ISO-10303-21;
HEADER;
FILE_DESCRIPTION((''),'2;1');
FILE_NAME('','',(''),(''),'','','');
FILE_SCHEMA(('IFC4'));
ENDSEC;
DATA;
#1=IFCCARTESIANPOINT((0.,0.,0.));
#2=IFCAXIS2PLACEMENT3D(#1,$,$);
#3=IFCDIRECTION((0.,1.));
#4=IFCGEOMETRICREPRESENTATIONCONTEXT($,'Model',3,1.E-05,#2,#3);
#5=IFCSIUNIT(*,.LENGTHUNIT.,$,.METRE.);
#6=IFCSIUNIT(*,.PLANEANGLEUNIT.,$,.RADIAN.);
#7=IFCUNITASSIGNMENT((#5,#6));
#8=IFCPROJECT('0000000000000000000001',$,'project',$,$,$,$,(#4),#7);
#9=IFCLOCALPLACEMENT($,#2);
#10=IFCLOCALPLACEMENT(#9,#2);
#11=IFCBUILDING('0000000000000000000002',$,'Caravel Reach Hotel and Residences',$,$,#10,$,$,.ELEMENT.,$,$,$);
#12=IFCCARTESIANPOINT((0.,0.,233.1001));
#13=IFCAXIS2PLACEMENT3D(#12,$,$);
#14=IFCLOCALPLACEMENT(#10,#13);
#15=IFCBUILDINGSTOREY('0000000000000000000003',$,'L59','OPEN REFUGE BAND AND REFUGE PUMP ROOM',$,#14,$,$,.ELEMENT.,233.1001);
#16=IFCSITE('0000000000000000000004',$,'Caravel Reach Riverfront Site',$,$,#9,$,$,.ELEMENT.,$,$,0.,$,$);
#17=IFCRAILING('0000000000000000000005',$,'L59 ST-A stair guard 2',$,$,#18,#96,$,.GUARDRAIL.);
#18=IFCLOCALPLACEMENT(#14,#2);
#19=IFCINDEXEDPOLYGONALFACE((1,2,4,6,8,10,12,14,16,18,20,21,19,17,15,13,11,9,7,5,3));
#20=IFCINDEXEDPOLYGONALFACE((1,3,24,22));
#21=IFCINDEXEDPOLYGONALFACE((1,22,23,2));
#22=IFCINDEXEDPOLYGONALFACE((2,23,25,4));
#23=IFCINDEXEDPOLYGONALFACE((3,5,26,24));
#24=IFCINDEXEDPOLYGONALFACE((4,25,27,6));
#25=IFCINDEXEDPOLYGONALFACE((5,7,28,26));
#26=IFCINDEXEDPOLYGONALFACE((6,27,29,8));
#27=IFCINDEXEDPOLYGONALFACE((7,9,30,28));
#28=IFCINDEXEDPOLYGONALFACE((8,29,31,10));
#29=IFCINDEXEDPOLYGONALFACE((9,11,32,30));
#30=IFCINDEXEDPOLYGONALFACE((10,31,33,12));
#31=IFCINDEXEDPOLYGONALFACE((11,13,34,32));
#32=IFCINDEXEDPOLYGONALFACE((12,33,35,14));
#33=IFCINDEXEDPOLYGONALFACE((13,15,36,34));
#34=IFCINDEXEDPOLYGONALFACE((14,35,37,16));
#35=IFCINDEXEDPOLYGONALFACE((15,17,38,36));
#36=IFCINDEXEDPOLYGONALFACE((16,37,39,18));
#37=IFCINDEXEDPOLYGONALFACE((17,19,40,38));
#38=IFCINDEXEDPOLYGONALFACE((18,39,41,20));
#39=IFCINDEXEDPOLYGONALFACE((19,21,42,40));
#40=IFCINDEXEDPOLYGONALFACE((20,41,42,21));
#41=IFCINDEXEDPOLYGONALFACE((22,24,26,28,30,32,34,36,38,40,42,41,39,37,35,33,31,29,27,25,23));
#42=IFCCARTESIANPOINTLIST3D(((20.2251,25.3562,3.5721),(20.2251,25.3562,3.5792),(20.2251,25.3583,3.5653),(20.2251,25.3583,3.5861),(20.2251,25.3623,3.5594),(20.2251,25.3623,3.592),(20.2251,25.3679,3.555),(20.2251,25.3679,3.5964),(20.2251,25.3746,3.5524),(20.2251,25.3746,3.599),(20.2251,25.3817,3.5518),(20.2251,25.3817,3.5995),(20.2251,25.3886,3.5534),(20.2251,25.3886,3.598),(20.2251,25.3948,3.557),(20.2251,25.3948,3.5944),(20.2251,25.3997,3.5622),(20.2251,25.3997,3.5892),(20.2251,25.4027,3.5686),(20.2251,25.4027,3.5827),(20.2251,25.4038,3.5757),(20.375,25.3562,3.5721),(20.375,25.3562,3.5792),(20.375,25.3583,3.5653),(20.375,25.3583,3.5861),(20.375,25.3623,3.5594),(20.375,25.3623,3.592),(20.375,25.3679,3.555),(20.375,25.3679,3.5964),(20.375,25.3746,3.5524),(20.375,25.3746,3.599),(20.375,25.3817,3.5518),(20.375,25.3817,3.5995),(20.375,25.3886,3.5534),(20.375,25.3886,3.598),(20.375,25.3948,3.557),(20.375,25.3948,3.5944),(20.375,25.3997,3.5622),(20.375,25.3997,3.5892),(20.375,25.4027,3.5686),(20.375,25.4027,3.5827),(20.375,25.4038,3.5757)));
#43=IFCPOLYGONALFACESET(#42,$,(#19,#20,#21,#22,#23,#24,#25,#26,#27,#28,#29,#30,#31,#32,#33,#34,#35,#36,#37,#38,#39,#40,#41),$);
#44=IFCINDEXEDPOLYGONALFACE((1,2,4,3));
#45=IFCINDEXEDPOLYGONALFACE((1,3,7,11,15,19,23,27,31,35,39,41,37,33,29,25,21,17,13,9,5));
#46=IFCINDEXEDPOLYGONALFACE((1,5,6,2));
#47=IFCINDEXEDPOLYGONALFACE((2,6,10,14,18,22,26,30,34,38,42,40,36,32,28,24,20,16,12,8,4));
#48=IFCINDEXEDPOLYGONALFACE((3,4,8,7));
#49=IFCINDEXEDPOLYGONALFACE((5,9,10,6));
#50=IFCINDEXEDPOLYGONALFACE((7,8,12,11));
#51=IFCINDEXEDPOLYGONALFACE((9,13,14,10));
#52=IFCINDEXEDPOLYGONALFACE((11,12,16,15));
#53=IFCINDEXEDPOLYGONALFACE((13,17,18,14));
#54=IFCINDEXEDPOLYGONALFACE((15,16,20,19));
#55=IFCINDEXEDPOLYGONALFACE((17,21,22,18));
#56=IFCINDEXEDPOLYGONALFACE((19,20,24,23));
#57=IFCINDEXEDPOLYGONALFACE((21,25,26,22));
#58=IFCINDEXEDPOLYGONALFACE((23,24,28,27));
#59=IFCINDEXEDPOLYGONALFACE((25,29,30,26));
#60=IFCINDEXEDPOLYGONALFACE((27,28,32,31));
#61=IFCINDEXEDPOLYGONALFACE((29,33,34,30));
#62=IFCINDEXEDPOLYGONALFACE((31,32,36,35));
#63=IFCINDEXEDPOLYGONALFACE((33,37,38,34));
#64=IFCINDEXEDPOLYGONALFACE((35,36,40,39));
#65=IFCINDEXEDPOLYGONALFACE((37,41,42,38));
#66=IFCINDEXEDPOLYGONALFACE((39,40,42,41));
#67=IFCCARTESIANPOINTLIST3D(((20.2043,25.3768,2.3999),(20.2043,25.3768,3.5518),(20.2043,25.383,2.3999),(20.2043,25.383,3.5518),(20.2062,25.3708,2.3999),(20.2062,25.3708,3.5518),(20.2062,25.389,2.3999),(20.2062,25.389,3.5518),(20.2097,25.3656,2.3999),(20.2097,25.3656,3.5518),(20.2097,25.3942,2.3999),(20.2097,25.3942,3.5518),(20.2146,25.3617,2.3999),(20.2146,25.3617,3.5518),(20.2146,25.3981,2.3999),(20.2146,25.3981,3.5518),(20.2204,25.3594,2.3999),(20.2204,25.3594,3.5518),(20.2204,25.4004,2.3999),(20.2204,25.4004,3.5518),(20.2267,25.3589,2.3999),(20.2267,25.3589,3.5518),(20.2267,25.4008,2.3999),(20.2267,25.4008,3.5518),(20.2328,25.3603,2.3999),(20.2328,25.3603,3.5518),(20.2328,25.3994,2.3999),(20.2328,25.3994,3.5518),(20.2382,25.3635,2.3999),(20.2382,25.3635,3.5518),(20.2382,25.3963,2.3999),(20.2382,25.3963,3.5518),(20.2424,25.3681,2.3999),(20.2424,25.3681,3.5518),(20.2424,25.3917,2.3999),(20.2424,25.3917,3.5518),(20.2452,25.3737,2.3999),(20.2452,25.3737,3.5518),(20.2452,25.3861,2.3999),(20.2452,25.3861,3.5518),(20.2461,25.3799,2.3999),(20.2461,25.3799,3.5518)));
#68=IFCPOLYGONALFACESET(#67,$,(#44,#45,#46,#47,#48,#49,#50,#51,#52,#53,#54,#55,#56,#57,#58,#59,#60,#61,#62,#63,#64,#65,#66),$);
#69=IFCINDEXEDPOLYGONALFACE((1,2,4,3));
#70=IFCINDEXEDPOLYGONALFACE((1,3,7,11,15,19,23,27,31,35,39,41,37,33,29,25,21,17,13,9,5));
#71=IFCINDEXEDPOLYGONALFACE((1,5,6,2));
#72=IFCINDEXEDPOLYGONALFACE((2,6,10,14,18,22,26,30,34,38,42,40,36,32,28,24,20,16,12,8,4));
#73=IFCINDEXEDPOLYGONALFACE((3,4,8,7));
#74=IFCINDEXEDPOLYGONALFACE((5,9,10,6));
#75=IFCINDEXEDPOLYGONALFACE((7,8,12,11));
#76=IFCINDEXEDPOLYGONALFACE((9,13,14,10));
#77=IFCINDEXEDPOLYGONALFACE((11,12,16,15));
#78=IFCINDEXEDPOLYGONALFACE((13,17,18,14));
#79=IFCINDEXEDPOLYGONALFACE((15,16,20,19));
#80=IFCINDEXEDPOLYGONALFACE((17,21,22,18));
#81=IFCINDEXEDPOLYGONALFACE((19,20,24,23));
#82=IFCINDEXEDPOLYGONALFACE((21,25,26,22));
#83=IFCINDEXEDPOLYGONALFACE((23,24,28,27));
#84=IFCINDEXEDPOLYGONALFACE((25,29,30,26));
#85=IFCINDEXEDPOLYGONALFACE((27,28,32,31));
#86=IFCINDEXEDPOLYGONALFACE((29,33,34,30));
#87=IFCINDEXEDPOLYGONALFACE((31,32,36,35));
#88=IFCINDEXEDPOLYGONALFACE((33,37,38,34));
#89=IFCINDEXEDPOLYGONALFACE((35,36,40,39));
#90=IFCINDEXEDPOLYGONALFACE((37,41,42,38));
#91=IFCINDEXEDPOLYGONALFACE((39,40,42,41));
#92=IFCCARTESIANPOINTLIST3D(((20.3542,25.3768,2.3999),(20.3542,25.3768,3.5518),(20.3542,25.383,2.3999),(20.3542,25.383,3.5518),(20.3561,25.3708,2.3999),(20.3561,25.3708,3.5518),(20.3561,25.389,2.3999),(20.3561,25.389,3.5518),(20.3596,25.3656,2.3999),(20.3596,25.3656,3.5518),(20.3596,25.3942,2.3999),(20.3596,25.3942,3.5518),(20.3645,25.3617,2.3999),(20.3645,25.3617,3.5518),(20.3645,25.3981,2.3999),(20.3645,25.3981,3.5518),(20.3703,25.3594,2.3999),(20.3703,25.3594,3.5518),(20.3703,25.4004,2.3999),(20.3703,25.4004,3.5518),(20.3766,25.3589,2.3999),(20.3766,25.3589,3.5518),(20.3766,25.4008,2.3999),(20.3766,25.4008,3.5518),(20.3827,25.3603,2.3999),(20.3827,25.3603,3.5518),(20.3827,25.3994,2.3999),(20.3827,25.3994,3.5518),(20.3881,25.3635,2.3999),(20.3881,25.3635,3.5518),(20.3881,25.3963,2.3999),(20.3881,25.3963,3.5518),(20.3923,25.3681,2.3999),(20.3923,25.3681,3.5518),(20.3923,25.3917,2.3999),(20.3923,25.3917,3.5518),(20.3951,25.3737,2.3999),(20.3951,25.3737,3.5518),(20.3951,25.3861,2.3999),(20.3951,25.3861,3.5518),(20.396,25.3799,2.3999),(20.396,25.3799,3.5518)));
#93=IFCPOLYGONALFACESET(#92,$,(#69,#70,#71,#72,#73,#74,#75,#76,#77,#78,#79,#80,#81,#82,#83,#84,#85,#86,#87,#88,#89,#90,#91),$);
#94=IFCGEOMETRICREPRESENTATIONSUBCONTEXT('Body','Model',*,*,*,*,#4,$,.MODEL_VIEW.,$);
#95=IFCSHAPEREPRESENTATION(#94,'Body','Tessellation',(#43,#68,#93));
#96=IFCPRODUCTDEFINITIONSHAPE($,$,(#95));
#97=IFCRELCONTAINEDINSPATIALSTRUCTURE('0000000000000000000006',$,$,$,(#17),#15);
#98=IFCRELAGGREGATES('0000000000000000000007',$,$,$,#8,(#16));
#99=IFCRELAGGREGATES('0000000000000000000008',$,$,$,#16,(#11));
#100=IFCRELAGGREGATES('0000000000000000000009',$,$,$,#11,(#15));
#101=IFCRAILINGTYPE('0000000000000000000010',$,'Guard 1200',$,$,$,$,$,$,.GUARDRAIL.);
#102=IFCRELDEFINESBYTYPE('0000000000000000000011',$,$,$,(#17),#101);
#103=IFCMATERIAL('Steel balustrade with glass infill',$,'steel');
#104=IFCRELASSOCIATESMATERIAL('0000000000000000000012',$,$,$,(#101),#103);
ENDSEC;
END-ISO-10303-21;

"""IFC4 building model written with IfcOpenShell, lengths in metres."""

from ifc_helpers import new_model, si_unit, direction, frame, origin, origin_2d, place, context, subcontext, project, spatial, circle, extrude, material, type_object, element, save


model = new_model("IFC4")

# Units and contexts
model_context = context("Model", 3, precision=1e-05, world=origin(), true_north=direction((0.0, 1.0)))
body_context = subcontext(model_context, "Body", "Model", "MODEL_VIEW")
ifc_project = project(units=[si_unit("LENGTHUNIT", "METRE"), si_unit("PLANEANGLEUNIT", "RADIAN")], contexts=[model_context])

# Site, building, storey
site_placement = place(None, origin())
site = spatial("IfcSite", under=ifc_project, at=site_placement, Name="Caravel Reach Riverfront Site", CompositionType="ELEMENT", RefElevation=0.0)
building_placement = place(site_placement, origin())
building = spatial("IfcBuilding", under=site, at=building_placement, Name="Caravel Reach Hotel and Residences", CompositionType="ELEMENT")
storey_placement = place(building_placement, frame((0.0, 0.0, 233.1001)))
storey = spatial("IfcBuildingStorey", under=building, at=storey_placement, Name="L59", Description="OPEN REFUGE BAND AND REFUGE PUMP ROOM", CompositionType="ELEMENT", Elevation=233.1001)

# Railing
ifc_material_1 = material(Name="Steel balustrade with glass infill", Category="steel")
railing_type_1 = type_object("IfcRailingType", Name="Guard 1200", PredefinedType="GUARDRAIL", material=ifc_material_1)
railing_1_placement = place(storey_placement, frame((20.2251, 25.3799, 2.3999)))
element("IfcRailing", 1, at=railing_1_placement, inside=storey, type_object=railing_type_1, Name="L59 ST-A stair guard 2", PredefinedType="GUARDRAIL", context=body_context, shape_type="SweptSolid", body=[
    extrude(circle(Radius=0.0239, at=origin_2d()), frame((0.0, 0.0, 1.1758), z_axis=(1.0, 0.0, 0.0), x_axis=(0.0, 1.0, 0.0)), (0.0, 0.0, 1.0), 0.1499),
    extrude(circle(Radius=0.021, at=origin_2d()), origin(), (0.0, 0.0, 1.0), 1.1519),
    extrude(circle(Radius=0.021, at=origin_2d()), frame((0.1499, 0.0, 0.0)), (0.0, 0.0, 1.0), 1.1519),
])

save(model, "model.ifc")
